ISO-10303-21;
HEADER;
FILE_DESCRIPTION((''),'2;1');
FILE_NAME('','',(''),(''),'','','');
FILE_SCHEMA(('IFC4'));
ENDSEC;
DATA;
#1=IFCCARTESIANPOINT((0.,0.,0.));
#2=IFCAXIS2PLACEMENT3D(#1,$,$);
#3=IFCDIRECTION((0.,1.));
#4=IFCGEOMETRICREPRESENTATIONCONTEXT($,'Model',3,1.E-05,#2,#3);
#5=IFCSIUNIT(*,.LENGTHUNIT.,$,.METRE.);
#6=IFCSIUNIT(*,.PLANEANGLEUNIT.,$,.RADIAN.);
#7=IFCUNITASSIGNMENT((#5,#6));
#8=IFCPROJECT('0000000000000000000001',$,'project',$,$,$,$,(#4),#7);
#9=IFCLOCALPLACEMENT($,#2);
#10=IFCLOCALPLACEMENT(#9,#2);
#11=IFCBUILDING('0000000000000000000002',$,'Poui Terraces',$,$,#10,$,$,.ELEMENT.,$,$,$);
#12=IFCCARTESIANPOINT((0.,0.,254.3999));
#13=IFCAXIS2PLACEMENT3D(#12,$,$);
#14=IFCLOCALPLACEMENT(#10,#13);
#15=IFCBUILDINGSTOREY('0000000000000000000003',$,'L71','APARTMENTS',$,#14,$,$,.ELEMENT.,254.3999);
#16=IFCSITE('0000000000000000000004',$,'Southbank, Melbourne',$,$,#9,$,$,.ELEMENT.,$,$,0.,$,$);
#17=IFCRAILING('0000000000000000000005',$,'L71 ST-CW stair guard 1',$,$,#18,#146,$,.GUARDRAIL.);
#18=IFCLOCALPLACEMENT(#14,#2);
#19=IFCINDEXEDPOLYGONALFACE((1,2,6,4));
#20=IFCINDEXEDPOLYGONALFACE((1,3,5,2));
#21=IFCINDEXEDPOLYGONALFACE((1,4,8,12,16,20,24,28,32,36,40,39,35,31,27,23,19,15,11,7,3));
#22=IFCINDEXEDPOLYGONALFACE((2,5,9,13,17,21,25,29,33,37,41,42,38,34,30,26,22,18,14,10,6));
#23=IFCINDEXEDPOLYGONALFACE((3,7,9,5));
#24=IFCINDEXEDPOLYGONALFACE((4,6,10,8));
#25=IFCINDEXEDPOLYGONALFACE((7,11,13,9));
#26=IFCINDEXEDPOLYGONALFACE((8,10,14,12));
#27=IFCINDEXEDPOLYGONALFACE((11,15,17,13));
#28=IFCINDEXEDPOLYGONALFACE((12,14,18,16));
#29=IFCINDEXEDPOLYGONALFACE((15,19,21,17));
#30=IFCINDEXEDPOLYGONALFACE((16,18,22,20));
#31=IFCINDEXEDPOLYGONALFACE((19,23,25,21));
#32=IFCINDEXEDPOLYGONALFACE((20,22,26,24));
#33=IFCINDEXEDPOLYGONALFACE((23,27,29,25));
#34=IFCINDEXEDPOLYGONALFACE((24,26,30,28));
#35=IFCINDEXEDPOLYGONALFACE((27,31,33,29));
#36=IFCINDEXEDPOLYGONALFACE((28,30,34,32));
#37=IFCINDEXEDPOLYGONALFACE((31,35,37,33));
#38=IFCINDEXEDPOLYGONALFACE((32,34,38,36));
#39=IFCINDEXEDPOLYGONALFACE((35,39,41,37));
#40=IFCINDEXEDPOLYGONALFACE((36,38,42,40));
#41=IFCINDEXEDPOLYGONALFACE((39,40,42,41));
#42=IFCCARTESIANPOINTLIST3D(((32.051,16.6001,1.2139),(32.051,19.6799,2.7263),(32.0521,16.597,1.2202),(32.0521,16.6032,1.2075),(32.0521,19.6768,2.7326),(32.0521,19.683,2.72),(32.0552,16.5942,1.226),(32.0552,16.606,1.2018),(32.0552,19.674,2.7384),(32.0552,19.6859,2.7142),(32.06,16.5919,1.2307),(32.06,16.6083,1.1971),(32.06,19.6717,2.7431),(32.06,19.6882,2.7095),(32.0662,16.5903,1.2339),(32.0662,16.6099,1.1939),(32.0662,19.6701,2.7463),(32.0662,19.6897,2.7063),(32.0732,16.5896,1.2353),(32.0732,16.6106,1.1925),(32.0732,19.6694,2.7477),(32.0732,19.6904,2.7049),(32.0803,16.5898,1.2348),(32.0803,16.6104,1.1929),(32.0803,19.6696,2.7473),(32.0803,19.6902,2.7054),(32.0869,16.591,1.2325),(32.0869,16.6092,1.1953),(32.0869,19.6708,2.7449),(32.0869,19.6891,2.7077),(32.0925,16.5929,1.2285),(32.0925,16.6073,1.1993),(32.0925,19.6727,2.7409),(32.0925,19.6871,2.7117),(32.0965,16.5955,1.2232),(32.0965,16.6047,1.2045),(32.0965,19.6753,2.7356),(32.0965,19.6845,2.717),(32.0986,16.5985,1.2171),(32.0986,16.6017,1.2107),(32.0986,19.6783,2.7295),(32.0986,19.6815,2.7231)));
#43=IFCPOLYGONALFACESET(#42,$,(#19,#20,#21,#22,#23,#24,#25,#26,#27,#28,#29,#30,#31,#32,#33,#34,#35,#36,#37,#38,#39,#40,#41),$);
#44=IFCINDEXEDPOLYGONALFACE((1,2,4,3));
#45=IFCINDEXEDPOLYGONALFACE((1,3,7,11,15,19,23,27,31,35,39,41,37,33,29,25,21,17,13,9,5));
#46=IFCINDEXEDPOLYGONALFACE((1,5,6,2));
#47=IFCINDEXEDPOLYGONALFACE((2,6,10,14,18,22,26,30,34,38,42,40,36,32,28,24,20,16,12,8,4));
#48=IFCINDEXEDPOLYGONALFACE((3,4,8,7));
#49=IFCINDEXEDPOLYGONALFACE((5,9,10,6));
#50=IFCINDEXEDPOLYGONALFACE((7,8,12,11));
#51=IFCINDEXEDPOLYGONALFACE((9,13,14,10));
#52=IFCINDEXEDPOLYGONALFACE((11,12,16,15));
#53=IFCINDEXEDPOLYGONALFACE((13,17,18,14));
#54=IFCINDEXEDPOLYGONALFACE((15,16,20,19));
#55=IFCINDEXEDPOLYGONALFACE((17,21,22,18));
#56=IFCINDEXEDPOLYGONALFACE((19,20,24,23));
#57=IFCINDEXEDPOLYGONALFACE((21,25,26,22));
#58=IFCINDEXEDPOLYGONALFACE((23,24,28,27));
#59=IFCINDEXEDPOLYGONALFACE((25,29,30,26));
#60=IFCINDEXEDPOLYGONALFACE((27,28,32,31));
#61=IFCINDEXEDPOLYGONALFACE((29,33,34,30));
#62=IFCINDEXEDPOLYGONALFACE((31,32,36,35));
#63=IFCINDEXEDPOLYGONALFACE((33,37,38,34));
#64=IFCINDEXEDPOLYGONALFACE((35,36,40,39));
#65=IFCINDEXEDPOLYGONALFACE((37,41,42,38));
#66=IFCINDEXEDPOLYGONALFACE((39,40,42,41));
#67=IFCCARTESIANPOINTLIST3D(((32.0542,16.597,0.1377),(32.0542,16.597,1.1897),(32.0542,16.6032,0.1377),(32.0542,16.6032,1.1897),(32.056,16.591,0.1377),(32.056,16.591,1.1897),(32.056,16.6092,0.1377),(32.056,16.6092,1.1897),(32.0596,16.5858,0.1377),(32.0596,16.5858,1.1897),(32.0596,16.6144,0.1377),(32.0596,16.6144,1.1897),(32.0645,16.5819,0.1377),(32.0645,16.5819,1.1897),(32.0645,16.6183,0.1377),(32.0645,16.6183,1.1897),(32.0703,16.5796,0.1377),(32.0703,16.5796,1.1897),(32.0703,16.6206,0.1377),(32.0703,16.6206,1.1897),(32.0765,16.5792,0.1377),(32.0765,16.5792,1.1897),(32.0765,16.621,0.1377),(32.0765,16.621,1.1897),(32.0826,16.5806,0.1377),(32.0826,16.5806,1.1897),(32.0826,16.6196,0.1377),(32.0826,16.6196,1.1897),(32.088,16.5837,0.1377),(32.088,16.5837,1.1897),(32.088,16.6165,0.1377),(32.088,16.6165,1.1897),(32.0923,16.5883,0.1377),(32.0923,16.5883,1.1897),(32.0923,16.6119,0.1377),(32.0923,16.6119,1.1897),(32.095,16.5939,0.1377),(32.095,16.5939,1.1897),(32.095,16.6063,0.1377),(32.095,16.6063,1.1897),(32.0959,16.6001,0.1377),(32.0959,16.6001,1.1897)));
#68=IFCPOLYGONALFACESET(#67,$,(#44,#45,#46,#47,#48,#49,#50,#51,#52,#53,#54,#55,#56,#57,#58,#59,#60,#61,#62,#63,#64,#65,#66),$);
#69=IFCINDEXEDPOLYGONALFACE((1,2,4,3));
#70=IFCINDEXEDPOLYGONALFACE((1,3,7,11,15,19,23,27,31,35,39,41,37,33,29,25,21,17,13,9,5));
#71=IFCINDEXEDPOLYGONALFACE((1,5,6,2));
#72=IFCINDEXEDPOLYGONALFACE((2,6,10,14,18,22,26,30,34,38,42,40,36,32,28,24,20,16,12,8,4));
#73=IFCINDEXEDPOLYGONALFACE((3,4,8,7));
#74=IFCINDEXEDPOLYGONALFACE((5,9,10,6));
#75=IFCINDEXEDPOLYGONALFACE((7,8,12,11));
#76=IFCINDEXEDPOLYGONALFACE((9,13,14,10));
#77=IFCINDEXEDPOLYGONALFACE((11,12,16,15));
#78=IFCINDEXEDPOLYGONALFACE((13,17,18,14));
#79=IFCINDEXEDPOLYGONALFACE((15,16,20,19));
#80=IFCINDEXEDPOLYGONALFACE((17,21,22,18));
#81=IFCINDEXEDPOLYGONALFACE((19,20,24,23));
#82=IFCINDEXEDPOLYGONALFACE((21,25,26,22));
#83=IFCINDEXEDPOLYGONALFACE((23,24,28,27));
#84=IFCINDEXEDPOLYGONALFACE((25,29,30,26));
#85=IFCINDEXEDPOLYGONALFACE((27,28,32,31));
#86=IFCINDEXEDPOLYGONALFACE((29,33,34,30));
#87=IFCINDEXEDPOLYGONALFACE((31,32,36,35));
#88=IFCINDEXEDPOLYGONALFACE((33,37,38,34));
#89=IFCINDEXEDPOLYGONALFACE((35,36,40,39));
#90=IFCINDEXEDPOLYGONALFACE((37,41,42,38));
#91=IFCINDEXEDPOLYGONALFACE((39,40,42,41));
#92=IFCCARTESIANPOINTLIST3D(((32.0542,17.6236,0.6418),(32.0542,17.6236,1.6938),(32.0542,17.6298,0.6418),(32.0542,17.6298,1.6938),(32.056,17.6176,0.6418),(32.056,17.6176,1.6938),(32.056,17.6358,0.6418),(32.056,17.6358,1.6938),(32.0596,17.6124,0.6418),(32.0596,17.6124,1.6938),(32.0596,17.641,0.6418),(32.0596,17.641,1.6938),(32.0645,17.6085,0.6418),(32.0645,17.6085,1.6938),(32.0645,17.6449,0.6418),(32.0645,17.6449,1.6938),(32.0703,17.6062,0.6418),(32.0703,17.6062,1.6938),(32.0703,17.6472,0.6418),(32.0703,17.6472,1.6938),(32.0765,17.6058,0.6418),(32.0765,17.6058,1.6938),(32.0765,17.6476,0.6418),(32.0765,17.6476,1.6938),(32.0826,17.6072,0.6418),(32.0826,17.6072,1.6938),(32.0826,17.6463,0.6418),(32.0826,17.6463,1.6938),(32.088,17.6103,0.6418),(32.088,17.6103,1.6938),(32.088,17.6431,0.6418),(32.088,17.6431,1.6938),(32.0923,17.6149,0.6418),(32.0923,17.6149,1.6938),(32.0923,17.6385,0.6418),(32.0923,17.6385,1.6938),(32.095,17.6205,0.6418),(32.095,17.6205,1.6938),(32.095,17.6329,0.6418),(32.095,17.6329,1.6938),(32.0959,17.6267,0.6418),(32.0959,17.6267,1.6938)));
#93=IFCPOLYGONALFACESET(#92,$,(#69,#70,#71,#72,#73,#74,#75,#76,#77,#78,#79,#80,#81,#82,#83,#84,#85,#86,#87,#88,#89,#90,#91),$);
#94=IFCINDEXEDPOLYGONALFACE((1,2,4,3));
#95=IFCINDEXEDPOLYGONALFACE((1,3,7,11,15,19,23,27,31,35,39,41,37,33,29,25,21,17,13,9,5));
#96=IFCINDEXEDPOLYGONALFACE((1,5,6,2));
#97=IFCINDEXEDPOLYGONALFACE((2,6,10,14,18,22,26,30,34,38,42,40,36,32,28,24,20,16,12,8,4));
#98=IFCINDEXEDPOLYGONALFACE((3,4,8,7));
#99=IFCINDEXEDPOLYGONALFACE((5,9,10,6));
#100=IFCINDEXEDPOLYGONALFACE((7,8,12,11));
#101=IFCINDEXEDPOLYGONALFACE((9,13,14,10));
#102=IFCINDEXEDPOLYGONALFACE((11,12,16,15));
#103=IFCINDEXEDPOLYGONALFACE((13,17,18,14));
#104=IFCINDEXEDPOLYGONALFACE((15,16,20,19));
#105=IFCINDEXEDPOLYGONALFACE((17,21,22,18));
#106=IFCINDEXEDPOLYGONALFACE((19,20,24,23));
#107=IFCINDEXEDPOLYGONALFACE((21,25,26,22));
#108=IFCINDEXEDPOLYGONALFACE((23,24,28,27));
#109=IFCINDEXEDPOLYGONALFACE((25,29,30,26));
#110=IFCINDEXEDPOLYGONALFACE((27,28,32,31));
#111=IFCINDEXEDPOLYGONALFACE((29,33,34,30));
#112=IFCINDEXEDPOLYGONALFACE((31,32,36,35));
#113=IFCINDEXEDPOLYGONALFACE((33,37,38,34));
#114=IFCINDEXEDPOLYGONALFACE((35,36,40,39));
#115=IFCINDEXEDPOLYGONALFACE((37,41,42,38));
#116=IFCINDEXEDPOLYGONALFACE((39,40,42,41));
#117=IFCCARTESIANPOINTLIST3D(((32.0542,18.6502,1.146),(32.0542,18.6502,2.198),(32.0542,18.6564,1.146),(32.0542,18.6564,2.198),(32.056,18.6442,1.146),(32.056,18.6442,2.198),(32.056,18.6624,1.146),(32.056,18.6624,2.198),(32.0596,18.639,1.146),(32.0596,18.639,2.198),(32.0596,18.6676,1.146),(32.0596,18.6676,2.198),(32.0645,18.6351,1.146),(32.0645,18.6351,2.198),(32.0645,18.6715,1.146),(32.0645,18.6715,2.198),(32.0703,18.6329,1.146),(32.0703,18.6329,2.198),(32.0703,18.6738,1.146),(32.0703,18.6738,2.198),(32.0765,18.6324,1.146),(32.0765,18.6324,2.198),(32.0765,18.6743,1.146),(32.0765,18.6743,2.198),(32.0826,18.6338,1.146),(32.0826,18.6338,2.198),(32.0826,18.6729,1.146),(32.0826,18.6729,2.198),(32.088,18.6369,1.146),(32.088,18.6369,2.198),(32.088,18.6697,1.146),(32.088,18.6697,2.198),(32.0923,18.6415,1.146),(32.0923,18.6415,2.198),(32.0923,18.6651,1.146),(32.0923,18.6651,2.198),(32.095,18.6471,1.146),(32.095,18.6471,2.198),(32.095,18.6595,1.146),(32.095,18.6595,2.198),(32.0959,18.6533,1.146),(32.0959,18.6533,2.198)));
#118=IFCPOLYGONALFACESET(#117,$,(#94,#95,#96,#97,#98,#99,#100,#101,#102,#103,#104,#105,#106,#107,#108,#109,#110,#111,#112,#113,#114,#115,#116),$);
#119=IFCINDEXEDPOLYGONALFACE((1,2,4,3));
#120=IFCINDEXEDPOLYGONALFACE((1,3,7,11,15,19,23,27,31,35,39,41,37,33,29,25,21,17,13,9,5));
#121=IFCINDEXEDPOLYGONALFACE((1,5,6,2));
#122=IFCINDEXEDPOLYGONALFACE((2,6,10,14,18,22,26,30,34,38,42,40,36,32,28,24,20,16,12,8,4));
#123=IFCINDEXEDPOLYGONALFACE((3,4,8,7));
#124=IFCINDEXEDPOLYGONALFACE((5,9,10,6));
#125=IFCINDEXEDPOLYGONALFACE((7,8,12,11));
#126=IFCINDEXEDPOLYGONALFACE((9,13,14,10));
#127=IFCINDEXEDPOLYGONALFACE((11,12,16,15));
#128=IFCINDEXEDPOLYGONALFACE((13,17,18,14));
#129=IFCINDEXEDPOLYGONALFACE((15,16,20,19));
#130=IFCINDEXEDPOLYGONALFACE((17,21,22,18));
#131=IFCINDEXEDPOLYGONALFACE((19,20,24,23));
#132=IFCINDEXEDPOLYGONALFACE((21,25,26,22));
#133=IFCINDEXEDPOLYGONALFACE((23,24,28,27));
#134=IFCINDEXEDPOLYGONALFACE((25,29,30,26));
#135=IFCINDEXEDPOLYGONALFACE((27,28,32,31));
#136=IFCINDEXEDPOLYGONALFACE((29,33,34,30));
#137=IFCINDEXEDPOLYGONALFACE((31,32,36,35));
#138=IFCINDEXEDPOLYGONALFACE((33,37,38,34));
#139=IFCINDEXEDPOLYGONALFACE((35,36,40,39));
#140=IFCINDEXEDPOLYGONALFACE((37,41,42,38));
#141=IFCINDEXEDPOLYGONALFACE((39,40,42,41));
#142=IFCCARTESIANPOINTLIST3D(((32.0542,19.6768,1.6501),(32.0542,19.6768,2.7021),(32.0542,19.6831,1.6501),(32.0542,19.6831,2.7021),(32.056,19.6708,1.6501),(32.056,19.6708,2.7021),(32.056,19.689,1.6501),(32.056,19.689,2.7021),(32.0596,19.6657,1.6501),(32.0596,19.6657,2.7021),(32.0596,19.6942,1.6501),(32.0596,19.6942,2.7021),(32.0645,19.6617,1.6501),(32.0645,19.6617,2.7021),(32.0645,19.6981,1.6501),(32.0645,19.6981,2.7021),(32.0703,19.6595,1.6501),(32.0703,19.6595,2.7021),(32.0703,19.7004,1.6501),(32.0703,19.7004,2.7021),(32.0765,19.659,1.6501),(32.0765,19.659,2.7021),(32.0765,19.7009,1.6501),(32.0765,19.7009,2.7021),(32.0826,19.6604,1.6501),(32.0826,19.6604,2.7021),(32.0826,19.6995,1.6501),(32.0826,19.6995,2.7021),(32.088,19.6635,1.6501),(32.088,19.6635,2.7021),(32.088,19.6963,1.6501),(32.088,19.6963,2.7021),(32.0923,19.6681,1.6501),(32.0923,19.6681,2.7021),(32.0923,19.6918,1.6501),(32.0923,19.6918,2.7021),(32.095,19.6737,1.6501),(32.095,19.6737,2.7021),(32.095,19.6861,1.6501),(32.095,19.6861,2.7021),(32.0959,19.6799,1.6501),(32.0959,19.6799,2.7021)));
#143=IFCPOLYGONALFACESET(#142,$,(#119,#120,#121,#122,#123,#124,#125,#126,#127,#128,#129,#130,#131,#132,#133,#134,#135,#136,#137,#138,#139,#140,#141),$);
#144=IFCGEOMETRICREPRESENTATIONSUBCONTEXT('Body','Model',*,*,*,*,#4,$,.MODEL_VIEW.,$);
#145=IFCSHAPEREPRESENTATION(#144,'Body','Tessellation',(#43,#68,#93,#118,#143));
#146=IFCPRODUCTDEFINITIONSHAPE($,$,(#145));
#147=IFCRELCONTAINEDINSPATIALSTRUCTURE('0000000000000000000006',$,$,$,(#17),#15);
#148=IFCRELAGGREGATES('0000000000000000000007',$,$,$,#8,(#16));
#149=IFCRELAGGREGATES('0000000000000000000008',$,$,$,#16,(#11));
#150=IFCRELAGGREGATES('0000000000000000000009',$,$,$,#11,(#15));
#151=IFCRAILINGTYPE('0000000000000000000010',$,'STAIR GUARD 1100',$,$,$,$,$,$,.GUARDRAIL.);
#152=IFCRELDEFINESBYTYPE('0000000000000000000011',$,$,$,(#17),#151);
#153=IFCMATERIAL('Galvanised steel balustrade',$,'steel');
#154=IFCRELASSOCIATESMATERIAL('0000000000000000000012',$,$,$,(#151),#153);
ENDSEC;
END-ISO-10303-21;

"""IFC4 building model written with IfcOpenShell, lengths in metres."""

from ifc_helpers import new_model, si_unit, direction, frame, origin, origin_2d, place, context, subcontext, project, spatial, circle, extrude, material, type_object, element, save


model = new_model("IFC4")

# Units and contexts
model_context = context("Model", 3, precision=1e-05, world=origin(), true_north=direction((0.0, 1.0)))
body_context = subcontext(model_context, "Body", "Model", "MODEL_VIEW")
ifc_project = project(units=[si_unit("LENGTHUNIT", "METRE"), si_unit("PLANEANGLEUNIT", "RADIAN")], contexts=[model_context])

# Site, building, storey
site_placement = place(None, origin())
site = spatial("IfcSite", under=ifc_project, at=site_placement, Name="Southbank, Melbourne", CompositionType="ELEMENT", RefElevation=0.0)
building_placement = place(site_placement, origin())
building = spatial("IfcBuilding", under=site, at=building_placement, Name="Poui Terraces", CompositionType="ELEMENT")
storey_placement = place(building_placement, frame((0.0, 0.0, 254.3999)))
storey = spatial("IfcBuildingStorey", under=building, at=storey_placement, Name="L71", Description="APARTMENTS", CompositionType="ELEMENT", Elevation=254.3999)

# Railing
ifc_material_1 = material(Name="Galvanised steel balustrade", Category="steel")
railing_type_1 = type_object("IfcRailingType", Name="STAIR GUARD 1100", PredefinedType="GUARDRAIL", material=ifc_material_1)
railing_1_placement = place(storey_placement, frame((32.075, 16.6001, 0.1377)))
element("IfcRailing", 1, at=railing_1_placement, inside=storey, type_object=railing_type_1, Name="L71 ST-CW stair guard 1", PredefinedType="GUARDRAIL", context=body_context, shape_type="SweptSolid", body=[
    extrude(circle(Radius=0.0239, at=origin_2d()), frame((0.0, 0.0, 1.0762), z_axis=(0.0, 0.897606, 0.440798), x_axis=(-1.0, 0.0, 0.0)), (0.0, 0.0, 1.0), 3.4312),
    extrude(circle(Radius=0.021, at=origin_2d()), origin(), (0.0, 0.0, 1.0), 1.052),
    extrude(circle(Radius=0.021, at=origin_2d()), frame((0.0, 1.0266, 0.5042)), (0.0, 0.0, 1.0), 1.052),
    extrude(circle(Radius=0.021, at=origin_2d()), frame((0.0, 2.0532, 1.0083)), (0.0, 0.0, 1.0), 1.052),
    extrude(circle(Radius=0.021, at=origin_2d()), frame((0.0, 3.0798, 1.5125)), (0.0, 0.0, 1.0), 1.052),
])

save(model, "model.ifc")
